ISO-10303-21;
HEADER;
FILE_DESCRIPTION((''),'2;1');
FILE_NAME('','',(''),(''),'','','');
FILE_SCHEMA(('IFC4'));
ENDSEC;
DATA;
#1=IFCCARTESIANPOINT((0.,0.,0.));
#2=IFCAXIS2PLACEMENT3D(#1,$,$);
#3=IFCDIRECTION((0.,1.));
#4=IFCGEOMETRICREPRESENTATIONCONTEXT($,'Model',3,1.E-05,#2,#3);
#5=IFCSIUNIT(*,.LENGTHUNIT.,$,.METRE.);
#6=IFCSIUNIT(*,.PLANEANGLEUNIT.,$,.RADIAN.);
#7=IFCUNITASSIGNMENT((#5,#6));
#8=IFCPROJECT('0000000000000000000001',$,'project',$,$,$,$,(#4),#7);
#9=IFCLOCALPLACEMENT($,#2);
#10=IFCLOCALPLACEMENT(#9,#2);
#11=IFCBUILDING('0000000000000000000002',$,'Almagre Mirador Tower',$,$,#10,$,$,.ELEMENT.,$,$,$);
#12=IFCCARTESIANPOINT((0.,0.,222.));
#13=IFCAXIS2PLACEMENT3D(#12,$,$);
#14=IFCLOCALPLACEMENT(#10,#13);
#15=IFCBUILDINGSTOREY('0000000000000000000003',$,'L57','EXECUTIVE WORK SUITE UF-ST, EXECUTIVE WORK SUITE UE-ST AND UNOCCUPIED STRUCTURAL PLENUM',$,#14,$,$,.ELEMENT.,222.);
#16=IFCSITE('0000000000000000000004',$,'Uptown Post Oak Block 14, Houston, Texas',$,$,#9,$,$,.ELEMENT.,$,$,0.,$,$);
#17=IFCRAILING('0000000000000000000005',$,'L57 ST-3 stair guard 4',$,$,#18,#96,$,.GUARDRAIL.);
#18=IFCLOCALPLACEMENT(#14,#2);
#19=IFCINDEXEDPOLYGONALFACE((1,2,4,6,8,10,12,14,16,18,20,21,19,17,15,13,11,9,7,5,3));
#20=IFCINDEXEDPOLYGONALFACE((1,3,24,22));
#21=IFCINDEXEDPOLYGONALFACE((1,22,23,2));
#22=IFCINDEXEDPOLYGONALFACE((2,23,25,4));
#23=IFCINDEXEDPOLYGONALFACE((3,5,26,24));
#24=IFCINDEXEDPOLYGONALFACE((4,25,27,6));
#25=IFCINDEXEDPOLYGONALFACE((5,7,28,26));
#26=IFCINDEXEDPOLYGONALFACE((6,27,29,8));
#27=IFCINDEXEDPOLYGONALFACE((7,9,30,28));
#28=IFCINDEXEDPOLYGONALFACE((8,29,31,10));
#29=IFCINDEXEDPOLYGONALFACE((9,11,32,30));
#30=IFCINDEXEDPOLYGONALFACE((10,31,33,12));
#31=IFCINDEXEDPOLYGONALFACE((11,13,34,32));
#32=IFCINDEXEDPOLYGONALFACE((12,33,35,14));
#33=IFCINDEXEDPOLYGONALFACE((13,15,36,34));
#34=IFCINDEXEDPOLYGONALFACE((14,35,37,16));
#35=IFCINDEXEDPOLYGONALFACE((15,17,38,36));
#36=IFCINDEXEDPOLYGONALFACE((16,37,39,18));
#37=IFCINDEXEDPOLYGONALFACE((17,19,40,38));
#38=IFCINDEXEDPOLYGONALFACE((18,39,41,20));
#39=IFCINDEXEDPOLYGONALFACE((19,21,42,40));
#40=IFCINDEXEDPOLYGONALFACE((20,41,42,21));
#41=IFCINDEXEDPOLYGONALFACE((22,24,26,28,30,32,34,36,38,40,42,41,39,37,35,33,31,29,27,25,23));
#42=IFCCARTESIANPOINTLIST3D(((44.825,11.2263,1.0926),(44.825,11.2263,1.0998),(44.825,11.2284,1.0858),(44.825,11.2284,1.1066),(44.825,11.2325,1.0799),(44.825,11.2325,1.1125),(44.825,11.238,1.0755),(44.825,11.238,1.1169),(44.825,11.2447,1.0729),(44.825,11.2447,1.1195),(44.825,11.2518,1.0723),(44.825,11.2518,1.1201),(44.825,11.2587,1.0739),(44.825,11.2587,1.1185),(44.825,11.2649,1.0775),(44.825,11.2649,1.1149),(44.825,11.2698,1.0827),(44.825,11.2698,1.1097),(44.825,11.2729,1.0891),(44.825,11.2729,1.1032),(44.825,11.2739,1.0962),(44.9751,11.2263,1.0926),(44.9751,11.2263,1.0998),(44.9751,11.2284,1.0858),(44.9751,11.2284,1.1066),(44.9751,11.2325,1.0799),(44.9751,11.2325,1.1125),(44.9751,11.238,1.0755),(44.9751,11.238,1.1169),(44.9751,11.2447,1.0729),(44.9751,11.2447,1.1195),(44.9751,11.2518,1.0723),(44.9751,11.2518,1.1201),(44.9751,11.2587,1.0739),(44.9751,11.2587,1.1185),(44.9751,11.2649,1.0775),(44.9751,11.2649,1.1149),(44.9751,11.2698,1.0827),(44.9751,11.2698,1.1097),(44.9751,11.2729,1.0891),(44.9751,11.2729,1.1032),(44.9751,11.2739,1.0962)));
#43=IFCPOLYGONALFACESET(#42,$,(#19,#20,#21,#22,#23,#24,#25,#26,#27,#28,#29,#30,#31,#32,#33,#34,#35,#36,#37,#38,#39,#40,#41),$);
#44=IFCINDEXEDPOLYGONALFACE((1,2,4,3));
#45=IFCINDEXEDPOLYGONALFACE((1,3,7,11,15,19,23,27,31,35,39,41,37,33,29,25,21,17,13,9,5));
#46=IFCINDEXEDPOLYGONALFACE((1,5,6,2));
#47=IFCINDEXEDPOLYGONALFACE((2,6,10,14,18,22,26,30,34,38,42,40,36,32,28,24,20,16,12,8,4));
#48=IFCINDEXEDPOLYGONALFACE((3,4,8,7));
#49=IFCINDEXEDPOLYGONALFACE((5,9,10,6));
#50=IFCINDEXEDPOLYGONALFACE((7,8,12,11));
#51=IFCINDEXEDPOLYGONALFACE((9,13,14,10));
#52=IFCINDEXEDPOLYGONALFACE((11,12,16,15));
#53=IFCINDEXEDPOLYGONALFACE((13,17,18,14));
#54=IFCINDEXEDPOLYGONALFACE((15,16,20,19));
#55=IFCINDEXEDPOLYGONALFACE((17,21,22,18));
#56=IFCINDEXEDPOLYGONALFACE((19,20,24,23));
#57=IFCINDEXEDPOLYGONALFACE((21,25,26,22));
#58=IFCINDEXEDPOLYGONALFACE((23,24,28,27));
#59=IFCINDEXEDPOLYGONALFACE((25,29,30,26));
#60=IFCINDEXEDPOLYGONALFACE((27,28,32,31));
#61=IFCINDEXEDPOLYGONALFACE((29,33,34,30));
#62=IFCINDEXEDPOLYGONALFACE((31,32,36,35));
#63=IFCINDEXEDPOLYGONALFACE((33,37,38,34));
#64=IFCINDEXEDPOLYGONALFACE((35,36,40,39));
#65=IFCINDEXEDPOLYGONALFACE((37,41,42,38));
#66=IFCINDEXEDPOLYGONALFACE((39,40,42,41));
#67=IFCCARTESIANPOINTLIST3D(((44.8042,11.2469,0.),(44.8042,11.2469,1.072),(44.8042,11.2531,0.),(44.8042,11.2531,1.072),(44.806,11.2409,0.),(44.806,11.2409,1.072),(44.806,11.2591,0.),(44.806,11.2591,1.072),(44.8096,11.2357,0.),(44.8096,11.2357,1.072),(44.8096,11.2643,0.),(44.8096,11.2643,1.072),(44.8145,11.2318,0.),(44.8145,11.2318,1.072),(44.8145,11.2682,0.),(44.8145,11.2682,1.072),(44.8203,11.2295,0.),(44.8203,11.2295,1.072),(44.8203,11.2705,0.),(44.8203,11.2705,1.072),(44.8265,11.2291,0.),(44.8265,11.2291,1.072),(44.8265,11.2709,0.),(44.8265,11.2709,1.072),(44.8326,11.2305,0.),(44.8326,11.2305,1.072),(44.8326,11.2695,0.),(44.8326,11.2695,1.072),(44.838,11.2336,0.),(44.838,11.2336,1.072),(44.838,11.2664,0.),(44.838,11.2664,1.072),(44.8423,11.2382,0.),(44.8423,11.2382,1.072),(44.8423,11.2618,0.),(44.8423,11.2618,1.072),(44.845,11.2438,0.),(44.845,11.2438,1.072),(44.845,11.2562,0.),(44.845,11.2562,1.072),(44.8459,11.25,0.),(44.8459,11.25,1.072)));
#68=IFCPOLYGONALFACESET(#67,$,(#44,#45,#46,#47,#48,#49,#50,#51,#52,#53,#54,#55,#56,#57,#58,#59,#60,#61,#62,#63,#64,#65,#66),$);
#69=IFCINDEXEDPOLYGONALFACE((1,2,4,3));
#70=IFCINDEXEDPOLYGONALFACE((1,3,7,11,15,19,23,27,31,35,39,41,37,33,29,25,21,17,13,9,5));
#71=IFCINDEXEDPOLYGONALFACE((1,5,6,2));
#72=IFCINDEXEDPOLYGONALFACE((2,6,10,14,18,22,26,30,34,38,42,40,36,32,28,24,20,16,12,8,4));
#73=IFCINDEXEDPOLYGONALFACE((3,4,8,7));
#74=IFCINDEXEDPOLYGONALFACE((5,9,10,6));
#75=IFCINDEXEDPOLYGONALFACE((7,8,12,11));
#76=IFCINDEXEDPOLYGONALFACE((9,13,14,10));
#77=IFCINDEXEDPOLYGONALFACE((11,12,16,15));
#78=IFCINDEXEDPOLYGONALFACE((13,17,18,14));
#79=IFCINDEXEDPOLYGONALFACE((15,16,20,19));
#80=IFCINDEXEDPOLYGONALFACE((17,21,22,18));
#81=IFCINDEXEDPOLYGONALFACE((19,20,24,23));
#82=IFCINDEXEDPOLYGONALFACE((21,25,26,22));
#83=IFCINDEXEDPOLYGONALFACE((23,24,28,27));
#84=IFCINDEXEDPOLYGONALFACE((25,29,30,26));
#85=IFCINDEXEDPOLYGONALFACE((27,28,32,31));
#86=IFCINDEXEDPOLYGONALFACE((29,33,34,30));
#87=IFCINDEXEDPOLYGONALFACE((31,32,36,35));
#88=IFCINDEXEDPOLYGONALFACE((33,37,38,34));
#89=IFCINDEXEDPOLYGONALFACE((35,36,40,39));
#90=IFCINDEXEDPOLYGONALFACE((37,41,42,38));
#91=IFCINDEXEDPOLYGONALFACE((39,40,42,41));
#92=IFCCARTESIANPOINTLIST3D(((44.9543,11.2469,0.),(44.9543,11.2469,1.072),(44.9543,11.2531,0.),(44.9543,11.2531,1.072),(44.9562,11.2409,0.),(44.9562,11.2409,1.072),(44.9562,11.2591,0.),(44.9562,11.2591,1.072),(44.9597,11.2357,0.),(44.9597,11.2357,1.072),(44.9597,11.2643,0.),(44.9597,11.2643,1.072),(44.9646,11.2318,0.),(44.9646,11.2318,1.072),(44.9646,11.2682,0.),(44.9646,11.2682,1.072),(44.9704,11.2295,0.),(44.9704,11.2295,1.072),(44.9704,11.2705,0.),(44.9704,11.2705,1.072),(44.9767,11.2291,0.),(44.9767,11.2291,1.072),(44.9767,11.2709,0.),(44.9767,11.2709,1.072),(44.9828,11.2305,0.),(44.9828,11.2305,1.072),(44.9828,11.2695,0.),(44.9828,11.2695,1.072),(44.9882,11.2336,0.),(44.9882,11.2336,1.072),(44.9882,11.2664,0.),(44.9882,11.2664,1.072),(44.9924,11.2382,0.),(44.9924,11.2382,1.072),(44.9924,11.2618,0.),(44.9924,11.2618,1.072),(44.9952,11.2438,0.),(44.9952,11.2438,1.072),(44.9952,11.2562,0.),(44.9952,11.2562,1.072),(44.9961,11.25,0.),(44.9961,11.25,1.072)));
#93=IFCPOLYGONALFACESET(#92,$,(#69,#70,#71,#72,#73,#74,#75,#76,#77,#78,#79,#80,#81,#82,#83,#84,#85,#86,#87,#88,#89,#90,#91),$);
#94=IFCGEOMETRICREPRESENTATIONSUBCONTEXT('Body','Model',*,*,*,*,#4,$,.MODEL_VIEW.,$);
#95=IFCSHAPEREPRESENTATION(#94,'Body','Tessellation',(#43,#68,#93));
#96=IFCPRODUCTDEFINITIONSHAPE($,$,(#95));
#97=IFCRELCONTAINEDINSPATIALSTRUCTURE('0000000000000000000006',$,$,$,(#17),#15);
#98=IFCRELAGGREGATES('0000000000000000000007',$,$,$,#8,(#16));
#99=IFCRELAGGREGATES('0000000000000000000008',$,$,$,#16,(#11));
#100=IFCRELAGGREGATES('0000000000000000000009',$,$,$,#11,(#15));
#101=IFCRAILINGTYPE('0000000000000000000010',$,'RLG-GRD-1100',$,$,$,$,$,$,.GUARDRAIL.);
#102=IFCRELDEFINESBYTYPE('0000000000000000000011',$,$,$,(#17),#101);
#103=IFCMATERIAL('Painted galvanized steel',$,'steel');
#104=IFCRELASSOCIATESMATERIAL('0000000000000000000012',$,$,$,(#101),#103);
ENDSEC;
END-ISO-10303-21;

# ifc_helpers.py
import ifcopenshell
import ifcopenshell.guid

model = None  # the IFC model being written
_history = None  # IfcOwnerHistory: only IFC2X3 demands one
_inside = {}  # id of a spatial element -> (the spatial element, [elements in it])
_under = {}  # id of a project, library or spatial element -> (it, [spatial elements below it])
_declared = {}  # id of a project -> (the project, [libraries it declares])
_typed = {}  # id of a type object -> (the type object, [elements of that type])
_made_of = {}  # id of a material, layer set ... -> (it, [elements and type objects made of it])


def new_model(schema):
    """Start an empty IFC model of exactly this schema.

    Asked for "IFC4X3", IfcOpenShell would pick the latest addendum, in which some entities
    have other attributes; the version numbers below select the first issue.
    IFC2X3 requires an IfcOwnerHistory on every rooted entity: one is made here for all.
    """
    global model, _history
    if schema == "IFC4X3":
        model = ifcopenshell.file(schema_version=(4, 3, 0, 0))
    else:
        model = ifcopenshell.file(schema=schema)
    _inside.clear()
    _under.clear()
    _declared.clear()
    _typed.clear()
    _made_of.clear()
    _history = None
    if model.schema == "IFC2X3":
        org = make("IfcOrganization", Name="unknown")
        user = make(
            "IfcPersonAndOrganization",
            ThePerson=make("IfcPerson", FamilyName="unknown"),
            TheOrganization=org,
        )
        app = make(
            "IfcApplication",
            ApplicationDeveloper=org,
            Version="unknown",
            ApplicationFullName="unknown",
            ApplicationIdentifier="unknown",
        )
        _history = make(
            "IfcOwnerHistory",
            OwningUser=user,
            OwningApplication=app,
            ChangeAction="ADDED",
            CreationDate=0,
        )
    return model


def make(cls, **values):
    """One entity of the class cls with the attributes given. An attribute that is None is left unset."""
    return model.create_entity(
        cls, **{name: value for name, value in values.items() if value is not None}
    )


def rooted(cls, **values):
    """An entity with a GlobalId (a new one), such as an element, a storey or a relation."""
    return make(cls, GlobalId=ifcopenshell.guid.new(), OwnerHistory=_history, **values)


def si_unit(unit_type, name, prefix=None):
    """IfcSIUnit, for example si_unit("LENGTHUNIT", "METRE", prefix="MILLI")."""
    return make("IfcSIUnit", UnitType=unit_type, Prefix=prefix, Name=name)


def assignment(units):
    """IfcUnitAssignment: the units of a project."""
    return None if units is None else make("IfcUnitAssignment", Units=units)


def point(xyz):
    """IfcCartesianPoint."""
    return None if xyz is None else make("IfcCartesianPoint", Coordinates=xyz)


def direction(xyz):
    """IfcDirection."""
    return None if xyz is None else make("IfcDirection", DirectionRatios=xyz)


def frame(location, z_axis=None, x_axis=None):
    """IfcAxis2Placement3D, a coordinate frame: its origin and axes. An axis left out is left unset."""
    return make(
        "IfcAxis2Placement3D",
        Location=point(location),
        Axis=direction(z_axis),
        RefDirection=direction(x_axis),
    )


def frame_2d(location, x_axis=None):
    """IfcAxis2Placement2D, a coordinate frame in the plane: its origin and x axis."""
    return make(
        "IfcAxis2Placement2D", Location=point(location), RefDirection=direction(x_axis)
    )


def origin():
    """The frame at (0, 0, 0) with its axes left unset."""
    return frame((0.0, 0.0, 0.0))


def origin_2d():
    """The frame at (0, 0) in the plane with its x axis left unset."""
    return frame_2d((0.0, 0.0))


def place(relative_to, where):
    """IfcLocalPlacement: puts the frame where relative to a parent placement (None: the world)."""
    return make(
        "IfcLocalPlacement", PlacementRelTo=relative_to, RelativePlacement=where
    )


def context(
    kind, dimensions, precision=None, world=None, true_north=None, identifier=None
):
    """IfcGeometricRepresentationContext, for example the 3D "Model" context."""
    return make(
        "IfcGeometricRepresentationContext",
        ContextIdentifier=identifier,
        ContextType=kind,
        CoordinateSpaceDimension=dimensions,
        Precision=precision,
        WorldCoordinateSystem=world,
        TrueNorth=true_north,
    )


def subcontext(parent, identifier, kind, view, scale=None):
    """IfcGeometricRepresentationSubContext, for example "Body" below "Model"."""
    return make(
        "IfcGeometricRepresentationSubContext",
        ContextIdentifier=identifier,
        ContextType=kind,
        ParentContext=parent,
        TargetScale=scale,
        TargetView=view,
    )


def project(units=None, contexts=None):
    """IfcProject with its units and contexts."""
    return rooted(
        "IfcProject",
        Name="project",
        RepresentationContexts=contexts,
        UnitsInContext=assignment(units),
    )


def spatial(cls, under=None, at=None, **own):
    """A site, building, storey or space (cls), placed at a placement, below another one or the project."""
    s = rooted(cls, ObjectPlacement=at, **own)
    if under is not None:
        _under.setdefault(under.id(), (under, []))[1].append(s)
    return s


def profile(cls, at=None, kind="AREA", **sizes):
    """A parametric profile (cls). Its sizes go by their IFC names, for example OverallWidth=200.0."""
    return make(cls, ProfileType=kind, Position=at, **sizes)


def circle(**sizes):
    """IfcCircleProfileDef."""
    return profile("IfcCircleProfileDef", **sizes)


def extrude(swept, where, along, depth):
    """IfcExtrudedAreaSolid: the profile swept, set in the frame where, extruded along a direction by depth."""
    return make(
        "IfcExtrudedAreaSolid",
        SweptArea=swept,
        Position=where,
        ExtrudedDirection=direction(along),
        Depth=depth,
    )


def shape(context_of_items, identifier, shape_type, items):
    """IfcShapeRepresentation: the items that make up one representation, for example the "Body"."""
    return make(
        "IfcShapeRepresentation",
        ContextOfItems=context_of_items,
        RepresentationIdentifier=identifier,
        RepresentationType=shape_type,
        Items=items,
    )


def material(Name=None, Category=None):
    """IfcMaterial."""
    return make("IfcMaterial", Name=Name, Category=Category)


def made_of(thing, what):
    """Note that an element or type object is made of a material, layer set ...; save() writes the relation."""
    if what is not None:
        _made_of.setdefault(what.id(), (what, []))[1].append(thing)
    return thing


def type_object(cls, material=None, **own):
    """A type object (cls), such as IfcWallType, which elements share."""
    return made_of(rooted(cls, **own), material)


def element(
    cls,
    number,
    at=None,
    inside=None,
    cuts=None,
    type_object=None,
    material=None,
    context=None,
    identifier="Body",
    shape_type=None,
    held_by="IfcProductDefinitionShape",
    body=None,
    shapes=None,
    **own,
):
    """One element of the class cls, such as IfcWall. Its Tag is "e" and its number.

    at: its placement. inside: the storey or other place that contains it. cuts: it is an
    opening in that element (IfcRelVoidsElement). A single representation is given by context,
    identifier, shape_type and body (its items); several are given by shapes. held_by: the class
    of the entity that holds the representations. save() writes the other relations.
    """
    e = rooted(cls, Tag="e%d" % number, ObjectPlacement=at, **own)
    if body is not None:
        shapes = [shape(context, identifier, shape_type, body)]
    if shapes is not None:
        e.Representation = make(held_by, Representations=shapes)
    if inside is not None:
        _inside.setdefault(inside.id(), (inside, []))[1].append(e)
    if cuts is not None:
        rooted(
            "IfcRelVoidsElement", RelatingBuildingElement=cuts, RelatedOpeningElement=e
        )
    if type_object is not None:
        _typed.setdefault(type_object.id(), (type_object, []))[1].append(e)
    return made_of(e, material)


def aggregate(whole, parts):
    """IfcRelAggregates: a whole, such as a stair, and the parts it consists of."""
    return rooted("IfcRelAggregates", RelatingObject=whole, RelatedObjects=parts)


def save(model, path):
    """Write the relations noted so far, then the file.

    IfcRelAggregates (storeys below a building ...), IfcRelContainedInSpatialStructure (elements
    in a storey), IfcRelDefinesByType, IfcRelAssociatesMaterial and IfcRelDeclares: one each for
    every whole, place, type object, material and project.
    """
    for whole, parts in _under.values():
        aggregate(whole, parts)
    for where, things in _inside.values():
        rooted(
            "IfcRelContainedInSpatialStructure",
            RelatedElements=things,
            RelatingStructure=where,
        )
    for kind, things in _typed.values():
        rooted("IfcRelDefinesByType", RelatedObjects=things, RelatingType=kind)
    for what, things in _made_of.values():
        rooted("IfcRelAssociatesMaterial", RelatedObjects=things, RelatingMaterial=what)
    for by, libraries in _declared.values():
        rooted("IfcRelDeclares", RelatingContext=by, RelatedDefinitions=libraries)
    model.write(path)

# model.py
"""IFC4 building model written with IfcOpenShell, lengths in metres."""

from ifc_helpers import new_model, si_unit, direction, frame, origin, origin_2d, place, context, subcontext, project, spatial, circle, extrude, material, type_object, element, save


model = new_model("IFC4")

# Units and contexts
model_context = context("Model", 3, precision=1e-05, world=origin(), true_north=direction((0.0, 1.0)))
body_context = subcontext(model_context, "Body", "Model", "MODEL_VIEW")
ifc_project = project(units=[si_unit("LENGTHUNIT", "METRE"), si_unit("PLANEANGLEUNIT", "RADIAN")], contexts=[model_context])

# Site, building, storey
site_placement = place(None, origin())
site = spatial("IfcSite", under=ifc_project, at=site_placement, Name="Uptown Post Oak Block 14, Houston, Texas", CompositionType="ELEMENT", RefElevation=0.0)
building_placement = place(site_placement, origin())
building = spatial("IfcBuilding", under=site, at=building_placement, Name="Almagre Mirador Tower", CompositionType="ELEMENT")
storey_placement = place(building_placement, frame((0.0, 0.0, 222.0)))
storey = spatial("IfcBuildingStorey", under=building, at=storey_placement, Name="L57", Description="EXECUTIVE WORK SUITE UF-ST, EXECUTIVE WORK SUITE UE-ST AND UNOCCUPIED STRUCTURAL PLENUM", CompositionType="ELEMENT", Elevation=222.0)

# Railing
ifc_material_1 = material(Name="Painted galvanized steel", Category="steel")
railing_type_1 = type_object("IfcRailingType", Name="RLG-GRD-1100", PredefinedType="GUARDRAIL", material=ifc_material_1)
railing_1_placement = place(storey_placement, frame((44.825, 11.25, 0.0)))
element("IfcRailing", 1, at=railing_1_placement, inside=storey, type_object=railing_type_1, Name="L57 ST-3 stair guard 4", PredefinedType="GUARDRAIL", context=body_context, shape_type="SweptSolid", body=[
    extrude(circle(Radius=0.0239, at=origin_2d()), frame((0.0, 0.0, 1.0962), z_axis=(1.0, 0.0, 0.0), x_axis=(0.0, 1.0, 0.0)), (0.0, 0.0, 1.0), 0.1501),
    extrude(circle(Radius=0.021, at=origin_2d()), origin(), (0.0, 0.0, 1.0), 1.072),
    extrude(circle(Radius=0.021, at=origin_2d()), frame((0.1501, 0.0, 0.0)), (0.0, 0.0, 1.0), 1.072),
])

save(model, "model.ifc")
